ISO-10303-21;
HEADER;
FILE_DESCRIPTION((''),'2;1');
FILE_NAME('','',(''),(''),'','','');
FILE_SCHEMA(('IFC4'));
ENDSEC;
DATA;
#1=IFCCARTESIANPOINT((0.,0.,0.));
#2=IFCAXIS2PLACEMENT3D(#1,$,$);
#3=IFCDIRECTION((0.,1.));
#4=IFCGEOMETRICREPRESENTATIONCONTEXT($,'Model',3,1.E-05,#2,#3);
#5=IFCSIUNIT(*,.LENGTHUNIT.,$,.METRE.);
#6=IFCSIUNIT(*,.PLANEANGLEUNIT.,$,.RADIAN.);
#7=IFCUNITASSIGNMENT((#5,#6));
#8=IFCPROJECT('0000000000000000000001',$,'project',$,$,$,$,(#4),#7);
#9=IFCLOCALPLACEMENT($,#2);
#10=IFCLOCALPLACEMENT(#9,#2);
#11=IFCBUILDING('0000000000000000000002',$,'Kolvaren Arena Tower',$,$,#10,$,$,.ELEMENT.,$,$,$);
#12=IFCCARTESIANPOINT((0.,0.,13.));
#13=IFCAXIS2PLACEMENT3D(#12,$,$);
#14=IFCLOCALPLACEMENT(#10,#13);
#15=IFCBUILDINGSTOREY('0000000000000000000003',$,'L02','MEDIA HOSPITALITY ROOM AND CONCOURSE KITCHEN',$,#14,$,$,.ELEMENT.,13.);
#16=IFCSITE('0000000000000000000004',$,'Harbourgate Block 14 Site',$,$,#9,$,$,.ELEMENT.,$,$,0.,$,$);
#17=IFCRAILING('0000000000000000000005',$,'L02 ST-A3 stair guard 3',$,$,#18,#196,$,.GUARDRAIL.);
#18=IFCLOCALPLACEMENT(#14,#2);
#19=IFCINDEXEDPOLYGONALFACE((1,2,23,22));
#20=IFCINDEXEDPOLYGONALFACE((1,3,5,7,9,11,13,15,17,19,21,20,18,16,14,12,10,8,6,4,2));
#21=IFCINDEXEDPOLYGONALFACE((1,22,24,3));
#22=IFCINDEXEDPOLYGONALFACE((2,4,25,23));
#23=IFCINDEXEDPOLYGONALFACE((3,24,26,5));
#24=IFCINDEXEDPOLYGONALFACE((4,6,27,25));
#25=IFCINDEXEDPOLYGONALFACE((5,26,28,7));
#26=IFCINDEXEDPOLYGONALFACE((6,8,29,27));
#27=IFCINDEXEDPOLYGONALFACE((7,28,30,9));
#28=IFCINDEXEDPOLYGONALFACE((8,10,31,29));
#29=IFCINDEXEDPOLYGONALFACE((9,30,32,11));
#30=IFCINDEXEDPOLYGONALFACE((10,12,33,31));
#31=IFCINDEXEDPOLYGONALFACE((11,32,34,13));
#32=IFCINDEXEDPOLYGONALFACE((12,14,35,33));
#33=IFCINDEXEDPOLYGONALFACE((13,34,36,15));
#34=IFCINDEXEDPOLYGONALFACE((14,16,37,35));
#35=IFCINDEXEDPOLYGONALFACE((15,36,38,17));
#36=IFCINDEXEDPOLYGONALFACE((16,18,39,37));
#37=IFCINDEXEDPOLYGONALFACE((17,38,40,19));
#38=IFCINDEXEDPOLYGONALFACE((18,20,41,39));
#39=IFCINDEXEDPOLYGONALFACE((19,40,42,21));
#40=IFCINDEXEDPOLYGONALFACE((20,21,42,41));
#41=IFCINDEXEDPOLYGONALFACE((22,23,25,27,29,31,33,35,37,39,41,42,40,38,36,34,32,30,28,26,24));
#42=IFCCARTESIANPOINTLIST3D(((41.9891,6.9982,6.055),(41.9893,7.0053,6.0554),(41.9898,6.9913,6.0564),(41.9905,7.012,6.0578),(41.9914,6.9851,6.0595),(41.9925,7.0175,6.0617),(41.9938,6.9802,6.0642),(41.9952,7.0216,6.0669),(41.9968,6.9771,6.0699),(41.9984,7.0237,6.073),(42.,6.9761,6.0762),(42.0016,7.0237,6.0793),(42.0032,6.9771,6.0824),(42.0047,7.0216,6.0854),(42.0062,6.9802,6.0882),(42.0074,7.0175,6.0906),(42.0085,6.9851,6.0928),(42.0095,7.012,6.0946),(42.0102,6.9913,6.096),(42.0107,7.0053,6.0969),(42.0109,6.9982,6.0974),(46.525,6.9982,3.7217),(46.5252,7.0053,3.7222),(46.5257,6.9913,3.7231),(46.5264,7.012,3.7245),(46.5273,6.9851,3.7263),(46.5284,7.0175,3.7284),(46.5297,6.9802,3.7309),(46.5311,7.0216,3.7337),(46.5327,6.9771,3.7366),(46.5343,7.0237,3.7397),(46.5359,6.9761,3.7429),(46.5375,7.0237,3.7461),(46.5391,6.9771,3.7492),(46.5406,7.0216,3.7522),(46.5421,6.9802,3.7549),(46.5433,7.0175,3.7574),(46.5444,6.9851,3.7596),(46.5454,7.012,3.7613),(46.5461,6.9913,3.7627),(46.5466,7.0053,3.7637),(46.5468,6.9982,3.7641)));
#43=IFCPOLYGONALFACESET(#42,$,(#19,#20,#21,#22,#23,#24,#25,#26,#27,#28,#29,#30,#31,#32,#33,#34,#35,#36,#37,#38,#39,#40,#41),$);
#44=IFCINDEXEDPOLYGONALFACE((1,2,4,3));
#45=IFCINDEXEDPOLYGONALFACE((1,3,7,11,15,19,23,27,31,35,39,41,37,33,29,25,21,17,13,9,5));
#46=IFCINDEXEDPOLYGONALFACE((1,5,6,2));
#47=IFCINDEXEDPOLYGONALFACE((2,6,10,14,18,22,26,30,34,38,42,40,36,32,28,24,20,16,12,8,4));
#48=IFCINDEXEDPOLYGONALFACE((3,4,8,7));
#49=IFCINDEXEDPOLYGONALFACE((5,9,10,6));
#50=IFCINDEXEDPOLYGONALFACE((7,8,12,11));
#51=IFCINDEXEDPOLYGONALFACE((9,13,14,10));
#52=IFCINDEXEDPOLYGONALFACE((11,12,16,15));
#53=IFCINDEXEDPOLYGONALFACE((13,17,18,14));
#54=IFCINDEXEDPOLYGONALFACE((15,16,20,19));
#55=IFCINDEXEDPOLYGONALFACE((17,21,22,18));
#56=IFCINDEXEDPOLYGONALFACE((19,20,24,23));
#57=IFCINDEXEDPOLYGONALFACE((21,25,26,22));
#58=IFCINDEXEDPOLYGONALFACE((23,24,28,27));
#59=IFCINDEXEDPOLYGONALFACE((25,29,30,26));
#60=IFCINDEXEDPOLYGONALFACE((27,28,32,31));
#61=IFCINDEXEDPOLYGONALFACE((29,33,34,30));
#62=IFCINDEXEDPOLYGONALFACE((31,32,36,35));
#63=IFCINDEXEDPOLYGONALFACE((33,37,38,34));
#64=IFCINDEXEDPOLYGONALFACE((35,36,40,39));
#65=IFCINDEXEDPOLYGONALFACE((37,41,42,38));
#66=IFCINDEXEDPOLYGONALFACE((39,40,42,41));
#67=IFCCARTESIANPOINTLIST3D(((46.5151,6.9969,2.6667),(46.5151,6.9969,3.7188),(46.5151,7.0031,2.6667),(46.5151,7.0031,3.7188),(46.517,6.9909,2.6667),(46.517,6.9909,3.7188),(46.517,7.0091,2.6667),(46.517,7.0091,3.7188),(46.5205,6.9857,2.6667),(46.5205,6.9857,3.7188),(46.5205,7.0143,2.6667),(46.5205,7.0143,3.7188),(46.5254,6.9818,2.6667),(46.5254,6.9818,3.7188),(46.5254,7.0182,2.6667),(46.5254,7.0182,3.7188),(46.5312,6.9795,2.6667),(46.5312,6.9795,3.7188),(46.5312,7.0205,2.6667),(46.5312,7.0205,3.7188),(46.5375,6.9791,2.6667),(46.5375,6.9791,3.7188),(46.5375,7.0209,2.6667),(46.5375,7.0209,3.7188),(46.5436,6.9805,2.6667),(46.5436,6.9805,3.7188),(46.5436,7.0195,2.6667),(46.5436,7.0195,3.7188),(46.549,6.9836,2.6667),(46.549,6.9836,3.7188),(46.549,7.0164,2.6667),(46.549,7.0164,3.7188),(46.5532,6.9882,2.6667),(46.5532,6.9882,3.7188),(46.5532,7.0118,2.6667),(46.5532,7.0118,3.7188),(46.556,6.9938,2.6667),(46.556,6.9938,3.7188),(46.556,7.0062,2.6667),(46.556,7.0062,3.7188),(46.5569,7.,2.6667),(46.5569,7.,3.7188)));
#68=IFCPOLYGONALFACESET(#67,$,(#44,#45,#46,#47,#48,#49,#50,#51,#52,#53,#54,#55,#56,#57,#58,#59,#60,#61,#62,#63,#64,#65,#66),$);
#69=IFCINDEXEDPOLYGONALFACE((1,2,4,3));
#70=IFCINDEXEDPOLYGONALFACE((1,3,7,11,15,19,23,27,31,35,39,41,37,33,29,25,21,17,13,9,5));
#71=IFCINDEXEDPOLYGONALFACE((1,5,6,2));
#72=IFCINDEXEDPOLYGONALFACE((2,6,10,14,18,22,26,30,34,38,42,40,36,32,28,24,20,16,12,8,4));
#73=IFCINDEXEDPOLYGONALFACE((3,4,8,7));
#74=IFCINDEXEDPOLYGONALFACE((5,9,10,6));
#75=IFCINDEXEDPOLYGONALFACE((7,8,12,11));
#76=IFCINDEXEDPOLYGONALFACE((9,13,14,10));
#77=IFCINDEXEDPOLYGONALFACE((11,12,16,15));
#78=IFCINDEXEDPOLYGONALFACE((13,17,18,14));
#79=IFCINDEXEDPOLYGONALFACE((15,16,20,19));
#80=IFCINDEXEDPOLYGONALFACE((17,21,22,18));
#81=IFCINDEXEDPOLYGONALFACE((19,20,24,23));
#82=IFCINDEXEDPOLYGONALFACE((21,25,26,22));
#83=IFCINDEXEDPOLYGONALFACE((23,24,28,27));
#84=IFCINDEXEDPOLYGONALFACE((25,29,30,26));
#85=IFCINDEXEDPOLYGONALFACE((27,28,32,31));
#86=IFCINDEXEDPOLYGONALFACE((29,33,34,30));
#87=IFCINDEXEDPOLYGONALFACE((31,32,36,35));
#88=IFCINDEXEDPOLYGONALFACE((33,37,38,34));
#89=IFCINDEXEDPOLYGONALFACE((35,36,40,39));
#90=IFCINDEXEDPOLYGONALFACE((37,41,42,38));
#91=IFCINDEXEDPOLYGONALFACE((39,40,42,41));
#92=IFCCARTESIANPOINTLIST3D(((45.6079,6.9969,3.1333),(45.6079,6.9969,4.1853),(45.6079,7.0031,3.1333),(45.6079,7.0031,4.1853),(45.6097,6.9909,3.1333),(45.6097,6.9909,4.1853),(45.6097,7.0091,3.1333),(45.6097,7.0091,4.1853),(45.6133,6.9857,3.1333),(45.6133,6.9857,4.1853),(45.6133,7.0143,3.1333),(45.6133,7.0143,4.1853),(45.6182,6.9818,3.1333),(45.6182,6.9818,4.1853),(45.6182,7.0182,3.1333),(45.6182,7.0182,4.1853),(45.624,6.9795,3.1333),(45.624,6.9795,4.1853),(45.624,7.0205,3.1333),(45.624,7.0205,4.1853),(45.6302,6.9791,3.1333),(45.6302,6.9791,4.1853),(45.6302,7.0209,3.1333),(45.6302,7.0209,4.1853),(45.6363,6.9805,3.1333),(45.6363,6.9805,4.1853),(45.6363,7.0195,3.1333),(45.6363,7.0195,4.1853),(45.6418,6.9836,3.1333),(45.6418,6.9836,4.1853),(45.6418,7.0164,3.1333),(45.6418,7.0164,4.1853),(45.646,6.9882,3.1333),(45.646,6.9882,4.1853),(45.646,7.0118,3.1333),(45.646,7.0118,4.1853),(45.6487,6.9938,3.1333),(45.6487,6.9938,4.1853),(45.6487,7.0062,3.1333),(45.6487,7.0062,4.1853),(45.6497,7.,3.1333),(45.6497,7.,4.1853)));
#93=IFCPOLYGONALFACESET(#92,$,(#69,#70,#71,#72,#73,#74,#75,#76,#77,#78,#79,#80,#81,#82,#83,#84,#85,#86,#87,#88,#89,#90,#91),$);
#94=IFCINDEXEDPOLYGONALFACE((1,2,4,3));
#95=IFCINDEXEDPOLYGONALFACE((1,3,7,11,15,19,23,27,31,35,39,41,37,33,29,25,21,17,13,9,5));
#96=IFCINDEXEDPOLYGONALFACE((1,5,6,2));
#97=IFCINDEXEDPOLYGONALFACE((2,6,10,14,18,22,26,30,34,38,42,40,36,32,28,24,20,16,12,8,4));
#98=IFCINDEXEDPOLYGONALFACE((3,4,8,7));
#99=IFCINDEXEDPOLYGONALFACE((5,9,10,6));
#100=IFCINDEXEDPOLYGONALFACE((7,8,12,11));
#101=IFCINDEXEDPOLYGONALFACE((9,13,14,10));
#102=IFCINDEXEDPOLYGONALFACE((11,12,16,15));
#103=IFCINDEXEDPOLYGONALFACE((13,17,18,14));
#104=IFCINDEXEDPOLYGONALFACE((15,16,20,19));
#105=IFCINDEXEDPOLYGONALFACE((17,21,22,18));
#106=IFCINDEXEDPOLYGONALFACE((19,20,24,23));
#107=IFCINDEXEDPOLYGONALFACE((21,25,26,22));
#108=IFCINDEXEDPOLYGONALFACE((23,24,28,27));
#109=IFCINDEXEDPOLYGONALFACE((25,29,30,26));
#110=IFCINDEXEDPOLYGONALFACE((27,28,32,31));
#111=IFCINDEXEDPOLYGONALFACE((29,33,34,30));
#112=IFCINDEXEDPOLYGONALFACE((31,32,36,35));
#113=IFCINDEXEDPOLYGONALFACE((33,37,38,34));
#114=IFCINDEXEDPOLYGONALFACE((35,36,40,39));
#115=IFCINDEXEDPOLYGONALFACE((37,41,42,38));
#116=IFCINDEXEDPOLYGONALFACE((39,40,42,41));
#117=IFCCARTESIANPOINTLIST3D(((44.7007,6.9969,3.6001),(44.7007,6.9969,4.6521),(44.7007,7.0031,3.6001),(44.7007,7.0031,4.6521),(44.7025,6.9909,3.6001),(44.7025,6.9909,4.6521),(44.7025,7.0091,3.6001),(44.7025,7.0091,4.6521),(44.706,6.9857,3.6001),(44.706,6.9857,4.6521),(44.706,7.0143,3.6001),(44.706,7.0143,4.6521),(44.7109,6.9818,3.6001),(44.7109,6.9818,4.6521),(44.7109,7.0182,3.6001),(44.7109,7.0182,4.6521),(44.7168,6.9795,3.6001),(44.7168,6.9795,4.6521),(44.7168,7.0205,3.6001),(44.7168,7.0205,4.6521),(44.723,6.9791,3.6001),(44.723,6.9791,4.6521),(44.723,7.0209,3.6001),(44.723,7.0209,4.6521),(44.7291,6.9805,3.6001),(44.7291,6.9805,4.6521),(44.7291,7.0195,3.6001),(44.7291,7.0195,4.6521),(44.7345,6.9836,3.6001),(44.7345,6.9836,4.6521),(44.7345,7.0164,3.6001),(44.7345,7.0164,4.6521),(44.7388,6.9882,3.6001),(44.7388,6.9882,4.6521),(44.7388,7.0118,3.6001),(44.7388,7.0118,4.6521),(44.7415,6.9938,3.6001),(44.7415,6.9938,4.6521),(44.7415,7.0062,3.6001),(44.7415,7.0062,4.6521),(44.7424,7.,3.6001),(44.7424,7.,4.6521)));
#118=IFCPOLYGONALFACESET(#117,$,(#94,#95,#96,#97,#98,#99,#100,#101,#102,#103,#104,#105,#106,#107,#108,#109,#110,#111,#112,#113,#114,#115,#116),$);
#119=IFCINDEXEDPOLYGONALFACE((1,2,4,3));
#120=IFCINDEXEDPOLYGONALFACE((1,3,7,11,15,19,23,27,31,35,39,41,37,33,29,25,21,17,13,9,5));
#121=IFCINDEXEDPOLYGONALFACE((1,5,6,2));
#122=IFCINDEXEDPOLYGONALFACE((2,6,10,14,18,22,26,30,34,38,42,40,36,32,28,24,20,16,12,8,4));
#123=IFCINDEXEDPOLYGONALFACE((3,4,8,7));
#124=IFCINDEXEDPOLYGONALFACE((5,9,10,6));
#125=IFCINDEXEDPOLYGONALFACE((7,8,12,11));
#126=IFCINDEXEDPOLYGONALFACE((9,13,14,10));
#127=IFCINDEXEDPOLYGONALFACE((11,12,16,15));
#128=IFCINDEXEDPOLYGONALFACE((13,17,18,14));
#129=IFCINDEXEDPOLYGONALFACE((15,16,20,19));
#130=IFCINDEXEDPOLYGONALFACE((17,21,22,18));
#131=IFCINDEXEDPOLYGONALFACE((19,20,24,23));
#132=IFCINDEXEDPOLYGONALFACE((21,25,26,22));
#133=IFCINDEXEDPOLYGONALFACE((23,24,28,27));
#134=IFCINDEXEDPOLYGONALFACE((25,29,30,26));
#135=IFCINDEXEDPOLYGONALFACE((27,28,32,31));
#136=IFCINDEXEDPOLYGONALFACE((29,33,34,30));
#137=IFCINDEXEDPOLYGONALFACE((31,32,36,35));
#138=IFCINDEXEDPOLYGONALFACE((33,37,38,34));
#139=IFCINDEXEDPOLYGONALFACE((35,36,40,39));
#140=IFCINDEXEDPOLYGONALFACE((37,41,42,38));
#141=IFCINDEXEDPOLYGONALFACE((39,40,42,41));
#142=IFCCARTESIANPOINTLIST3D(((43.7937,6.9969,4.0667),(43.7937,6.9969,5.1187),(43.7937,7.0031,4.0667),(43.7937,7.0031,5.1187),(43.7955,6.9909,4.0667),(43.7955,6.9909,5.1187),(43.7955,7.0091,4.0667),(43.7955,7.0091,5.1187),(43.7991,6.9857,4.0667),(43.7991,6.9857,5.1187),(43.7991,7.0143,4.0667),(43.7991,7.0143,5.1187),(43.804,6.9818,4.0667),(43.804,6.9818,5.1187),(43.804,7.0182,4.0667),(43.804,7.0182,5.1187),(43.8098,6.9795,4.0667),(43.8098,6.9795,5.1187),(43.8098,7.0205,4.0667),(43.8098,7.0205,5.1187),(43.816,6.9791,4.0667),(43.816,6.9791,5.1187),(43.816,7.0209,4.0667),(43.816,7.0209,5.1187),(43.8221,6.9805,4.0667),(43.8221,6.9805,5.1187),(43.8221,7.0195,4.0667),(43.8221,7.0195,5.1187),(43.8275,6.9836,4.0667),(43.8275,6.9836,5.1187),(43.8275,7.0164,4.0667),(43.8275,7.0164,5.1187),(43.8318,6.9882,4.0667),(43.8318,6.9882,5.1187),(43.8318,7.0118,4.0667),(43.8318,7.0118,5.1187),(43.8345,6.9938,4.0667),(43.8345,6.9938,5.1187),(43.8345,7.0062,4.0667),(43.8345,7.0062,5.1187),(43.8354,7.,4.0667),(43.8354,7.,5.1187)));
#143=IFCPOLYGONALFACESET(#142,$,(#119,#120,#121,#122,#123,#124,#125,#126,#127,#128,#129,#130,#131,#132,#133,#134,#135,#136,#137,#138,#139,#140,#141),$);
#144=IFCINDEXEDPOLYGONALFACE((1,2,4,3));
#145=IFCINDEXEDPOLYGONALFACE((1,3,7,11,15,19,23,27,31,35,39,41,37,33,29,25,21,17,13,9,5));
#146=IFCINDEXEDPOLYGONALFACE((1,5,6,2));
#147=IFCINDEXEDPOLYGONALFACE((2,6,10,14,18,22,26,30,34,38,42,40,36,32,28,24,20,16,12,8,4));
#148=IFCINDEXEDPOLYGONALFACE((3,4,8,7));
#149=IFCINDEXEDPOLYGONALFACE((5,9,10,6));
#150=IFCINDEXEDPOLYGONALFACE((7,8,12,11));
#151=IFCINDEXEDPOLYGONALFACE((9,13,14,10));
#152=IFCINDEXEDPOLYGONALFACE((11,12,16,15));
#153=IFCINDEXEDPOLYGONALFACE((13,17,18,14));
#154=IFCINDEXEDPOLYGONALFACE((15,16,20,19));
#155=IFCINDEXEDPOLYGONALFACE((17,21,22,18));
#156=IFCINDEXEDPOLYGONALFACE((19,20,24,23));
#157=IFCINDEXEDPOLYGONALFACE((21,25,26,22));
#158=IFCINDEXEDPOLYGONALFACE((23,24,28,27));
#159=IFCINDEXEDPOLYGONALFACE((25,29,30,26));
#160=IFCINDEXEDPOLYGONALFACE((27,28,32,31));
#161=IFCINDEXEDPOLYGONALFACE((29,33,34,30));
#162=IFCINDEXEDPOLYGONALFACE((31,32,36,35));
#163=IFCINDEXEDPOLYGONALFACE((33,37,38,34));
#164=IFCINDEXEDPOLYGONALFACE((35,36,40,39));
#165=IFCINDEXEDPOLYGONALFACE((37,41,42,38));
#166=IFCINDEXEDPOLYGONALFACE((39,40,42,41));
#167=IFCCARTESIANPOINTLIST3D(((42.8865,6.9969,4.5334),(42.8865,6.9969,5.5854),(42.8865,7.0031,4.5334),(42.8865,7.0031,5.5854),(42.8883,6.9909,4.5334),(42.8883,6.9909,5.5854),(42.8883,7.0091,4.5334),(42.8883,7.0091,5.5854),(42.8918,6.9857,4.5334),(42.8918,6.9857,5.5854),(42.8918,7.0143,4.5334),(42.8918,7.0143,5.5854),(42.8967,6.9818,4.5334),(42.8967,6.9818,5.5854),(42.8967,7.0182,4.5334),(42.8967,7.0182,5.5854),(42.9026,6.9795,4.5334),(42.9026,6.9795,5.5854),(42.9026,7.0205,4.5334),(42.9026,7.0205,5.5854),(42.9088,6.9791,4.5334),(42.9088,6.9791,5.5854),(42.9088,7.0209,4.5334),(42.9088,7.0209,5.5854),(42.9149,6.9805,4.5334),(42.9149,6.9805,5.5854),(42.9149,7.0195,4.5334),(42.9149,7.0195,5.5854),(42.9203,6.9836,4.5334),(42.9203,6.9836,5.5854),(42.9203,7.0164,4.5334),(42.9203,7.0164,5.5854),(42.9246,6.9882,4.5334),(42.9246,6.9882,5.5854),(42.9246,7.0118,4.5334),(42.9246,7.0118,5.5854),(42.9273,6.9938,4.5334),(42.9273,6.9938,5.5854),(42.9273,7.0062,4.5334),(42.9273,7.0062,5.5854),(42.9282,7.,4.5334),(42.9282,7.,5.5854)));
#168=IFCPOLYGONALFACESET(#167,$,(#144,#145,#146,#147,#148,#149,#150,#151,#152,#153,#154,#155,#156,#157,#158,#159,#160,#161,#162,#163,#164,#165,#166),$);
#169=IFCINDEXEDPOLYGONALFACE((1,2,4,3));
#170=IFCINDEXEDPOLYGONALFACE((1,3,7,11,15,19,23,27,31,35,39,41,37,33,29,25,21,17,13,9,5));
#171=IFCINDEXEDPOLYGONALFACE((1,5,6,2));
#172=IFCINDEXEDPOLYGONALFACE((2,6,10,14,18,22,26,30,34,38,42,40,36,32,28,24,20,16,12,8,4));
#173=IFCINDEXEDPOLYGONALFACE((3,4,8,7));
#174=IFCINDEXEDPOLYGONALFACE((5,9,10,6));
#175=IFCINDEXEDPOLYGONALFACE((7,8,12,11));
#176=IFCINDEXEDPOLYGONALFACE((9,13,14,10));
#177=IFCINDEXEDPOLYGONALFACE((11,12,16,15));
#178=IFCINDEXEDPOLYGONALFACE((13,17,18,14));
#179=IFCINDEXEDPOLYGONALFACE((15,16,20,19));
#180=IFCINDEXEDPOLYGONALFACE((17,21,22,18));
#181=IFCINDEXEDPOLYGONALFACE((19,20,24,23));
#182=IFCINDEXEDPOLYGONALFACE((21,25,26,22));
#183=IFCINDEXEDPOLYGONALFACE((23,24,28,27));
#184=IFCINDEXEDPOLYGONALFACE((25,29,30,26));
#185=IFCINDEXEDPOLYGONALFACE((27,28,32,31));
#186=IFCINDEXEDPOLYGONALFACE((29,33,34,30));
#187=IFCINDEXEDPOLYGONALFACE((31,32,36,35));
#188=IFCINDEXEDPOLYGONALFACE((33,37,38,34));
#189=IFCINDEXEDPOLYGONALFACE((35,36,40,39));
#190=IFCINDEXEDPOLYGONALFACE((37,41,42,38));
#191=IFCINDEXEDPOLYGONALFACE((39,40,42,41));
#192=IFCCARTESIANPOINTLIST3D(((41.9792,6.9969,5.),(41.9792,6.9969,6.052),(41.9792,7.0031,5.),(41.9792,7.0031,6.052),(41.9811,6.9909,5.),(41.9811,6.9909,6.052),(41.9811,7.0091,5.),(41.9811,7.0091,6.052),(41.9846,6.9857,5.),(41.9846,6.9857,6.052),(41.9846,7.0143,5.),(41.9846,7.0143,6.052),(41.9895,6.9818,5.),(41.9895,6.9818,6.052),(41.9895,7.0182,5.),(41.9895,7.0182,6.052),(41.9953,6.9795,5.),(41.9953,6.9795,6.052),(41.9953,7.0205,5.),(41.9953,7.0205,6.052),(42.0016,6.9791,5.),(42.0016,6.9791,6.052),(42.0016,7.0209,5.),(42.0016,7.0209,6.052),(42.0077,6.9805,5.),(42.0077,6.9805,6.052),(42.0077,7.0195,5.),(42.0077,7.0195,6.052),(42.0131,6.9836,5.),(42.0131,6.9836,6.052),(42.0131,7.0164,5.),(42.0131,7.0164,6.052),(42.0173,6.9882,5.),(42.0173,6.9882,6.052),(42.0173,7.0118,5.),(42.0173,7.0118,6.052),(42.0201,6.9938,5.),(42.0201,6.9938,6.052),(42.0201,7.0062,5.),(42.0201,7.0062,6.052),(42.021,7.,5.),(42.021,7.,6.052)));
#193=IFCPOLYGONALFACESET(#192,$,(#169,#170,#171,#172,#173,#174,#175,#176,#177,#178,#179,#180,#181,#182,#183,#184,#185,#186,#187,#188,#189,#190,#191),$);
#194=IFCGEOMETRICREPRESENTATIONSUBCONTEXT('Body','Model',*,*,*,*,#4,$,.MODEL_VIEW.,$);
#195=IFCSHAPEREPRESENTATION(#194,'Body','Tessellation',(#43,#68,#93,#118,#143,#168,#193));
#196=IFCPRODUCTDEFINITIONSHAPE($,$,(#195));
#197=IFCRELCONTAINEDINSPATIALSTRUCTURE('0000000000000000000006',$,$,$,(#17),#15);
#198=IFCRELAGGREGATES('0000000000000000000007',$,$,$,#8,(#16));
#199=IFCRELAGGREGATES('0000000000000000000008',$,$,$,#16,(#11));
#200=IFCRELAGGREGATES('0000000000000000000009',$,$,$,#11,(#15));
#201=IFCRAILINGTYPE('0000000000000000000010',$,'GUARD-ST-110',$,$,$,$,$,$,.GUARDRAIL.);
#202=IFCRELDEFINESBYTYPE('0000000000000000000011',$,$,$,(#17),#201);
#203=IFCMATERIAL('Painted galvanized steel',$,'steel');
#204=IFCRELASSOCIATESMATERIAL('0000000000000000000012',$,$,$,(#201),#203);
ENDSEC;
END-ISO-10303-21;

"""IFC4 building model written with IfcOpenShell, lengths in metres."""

from ifc_helpers import new_model, si_unit, direction, frame, origin, origin_2d, place, context, subcontext, project, spatial, circle, extrude, material, type_object, element, save


model = new_model("IFC4")

# Units and contexts
model_context = context("Model", 3, precision=1e-05, world=origin(), true_north=direction((0.0, 1.0)))
body_context = subcontext(model_context, "Body", "Model", "MODEL_VIEW")
ifc_project = project(units=[si_unit("LENGTHUNIT", "METRE"), si_unit("PLANEANGLEUNIT", "RADIAN")], contexts=[model_context])

# Site, building, storey
site_placement = place(None, origin())
site = spatial("IfcSite", under=ifc_project, at=site_placement, Name="Harbourgate Block 14 Site", CompositionType="ELEMENT", RefElevation=0.0)
building_placement = place(site_placement, origin())
building = spatial("IfcBuilding", under=site, at=building_placement, Name="Kolvaren Arena Tower", CompositionType="ELEMENT")
storey_placement = place(building_placement, frame((0.0, 0.0, 13.0)))
storey = spatial("IfcBuildingStorey", under=building, at=storey_placement, Name="L02", Description="MEDIA HOSPITALITY ROOM AND CONCOURSE KITCHEN", CompositionType="ELEMENT", Elevation=13.0)

# Railing
ifc_material_1 = material(Name="Painted galvanized steel", Category="steel")
railing_type_1 = type_object("IfcRailingType", Name="GUARD-ST-110", PredefinedType="GUARDRAIL", material=ifc_material_1)
railing_1_placement = place(storey_placement, frame((46.5359, 7.0, 2.6667)))
element("IfcRailing", 1, at=railing_1_placement, inside=storey, type_object=railing_type_1, Name="L02 ST-A3 stair guard 3", PredefinedType="GUARDRAIL", context=body_context, shape_type="SweptSolid", body=[
    extrude(circle(Radius=0.0239, at=origin_2d()), frame((0.0, 0.0, 1.0762), z_axis=(-0.889247, 0.0, 0.457427), x_axis=(0.0, -1.0, 0.0)), (0.0, 0.0, 1.0), 5.1008),
    extrude(circle(Radius=0.021, at=origin_2d()), origin(), (0.0, 0.0, 1.0), 1.052),
    extrude(circle(Radius=0.021, at=origin_2d()), frame((-0.9072, 0.0, 0.4666)), (0.0, 0.0, 1.0), 1.052),
    extrude(circle(Radius=0.021, at=origin_2d()), frame((-1.8145, 0.0, 0.9333)), (0.0, 0.0, 1.0), 1.052),
    extrude(circle(Radius=0.021, at=origin_2d()), frame((-2.7214, 0.0, 1.3999)), (0.0, 0.0, 1.0), 1.052),
    extrude(circle(Radius=0.021, at=origin_2d()), frame((-3.6287, 0.0, 1.8667)), (0.0, 0.0, 1.0), 1.052),
    extrude(circle(Radius=0.021, at=origin_2d()), frame((-4.5359, 0.0, 2.3333)), (0.0, 0.0, 1.0), 1.052),
])

save(model, "model.ifc")
